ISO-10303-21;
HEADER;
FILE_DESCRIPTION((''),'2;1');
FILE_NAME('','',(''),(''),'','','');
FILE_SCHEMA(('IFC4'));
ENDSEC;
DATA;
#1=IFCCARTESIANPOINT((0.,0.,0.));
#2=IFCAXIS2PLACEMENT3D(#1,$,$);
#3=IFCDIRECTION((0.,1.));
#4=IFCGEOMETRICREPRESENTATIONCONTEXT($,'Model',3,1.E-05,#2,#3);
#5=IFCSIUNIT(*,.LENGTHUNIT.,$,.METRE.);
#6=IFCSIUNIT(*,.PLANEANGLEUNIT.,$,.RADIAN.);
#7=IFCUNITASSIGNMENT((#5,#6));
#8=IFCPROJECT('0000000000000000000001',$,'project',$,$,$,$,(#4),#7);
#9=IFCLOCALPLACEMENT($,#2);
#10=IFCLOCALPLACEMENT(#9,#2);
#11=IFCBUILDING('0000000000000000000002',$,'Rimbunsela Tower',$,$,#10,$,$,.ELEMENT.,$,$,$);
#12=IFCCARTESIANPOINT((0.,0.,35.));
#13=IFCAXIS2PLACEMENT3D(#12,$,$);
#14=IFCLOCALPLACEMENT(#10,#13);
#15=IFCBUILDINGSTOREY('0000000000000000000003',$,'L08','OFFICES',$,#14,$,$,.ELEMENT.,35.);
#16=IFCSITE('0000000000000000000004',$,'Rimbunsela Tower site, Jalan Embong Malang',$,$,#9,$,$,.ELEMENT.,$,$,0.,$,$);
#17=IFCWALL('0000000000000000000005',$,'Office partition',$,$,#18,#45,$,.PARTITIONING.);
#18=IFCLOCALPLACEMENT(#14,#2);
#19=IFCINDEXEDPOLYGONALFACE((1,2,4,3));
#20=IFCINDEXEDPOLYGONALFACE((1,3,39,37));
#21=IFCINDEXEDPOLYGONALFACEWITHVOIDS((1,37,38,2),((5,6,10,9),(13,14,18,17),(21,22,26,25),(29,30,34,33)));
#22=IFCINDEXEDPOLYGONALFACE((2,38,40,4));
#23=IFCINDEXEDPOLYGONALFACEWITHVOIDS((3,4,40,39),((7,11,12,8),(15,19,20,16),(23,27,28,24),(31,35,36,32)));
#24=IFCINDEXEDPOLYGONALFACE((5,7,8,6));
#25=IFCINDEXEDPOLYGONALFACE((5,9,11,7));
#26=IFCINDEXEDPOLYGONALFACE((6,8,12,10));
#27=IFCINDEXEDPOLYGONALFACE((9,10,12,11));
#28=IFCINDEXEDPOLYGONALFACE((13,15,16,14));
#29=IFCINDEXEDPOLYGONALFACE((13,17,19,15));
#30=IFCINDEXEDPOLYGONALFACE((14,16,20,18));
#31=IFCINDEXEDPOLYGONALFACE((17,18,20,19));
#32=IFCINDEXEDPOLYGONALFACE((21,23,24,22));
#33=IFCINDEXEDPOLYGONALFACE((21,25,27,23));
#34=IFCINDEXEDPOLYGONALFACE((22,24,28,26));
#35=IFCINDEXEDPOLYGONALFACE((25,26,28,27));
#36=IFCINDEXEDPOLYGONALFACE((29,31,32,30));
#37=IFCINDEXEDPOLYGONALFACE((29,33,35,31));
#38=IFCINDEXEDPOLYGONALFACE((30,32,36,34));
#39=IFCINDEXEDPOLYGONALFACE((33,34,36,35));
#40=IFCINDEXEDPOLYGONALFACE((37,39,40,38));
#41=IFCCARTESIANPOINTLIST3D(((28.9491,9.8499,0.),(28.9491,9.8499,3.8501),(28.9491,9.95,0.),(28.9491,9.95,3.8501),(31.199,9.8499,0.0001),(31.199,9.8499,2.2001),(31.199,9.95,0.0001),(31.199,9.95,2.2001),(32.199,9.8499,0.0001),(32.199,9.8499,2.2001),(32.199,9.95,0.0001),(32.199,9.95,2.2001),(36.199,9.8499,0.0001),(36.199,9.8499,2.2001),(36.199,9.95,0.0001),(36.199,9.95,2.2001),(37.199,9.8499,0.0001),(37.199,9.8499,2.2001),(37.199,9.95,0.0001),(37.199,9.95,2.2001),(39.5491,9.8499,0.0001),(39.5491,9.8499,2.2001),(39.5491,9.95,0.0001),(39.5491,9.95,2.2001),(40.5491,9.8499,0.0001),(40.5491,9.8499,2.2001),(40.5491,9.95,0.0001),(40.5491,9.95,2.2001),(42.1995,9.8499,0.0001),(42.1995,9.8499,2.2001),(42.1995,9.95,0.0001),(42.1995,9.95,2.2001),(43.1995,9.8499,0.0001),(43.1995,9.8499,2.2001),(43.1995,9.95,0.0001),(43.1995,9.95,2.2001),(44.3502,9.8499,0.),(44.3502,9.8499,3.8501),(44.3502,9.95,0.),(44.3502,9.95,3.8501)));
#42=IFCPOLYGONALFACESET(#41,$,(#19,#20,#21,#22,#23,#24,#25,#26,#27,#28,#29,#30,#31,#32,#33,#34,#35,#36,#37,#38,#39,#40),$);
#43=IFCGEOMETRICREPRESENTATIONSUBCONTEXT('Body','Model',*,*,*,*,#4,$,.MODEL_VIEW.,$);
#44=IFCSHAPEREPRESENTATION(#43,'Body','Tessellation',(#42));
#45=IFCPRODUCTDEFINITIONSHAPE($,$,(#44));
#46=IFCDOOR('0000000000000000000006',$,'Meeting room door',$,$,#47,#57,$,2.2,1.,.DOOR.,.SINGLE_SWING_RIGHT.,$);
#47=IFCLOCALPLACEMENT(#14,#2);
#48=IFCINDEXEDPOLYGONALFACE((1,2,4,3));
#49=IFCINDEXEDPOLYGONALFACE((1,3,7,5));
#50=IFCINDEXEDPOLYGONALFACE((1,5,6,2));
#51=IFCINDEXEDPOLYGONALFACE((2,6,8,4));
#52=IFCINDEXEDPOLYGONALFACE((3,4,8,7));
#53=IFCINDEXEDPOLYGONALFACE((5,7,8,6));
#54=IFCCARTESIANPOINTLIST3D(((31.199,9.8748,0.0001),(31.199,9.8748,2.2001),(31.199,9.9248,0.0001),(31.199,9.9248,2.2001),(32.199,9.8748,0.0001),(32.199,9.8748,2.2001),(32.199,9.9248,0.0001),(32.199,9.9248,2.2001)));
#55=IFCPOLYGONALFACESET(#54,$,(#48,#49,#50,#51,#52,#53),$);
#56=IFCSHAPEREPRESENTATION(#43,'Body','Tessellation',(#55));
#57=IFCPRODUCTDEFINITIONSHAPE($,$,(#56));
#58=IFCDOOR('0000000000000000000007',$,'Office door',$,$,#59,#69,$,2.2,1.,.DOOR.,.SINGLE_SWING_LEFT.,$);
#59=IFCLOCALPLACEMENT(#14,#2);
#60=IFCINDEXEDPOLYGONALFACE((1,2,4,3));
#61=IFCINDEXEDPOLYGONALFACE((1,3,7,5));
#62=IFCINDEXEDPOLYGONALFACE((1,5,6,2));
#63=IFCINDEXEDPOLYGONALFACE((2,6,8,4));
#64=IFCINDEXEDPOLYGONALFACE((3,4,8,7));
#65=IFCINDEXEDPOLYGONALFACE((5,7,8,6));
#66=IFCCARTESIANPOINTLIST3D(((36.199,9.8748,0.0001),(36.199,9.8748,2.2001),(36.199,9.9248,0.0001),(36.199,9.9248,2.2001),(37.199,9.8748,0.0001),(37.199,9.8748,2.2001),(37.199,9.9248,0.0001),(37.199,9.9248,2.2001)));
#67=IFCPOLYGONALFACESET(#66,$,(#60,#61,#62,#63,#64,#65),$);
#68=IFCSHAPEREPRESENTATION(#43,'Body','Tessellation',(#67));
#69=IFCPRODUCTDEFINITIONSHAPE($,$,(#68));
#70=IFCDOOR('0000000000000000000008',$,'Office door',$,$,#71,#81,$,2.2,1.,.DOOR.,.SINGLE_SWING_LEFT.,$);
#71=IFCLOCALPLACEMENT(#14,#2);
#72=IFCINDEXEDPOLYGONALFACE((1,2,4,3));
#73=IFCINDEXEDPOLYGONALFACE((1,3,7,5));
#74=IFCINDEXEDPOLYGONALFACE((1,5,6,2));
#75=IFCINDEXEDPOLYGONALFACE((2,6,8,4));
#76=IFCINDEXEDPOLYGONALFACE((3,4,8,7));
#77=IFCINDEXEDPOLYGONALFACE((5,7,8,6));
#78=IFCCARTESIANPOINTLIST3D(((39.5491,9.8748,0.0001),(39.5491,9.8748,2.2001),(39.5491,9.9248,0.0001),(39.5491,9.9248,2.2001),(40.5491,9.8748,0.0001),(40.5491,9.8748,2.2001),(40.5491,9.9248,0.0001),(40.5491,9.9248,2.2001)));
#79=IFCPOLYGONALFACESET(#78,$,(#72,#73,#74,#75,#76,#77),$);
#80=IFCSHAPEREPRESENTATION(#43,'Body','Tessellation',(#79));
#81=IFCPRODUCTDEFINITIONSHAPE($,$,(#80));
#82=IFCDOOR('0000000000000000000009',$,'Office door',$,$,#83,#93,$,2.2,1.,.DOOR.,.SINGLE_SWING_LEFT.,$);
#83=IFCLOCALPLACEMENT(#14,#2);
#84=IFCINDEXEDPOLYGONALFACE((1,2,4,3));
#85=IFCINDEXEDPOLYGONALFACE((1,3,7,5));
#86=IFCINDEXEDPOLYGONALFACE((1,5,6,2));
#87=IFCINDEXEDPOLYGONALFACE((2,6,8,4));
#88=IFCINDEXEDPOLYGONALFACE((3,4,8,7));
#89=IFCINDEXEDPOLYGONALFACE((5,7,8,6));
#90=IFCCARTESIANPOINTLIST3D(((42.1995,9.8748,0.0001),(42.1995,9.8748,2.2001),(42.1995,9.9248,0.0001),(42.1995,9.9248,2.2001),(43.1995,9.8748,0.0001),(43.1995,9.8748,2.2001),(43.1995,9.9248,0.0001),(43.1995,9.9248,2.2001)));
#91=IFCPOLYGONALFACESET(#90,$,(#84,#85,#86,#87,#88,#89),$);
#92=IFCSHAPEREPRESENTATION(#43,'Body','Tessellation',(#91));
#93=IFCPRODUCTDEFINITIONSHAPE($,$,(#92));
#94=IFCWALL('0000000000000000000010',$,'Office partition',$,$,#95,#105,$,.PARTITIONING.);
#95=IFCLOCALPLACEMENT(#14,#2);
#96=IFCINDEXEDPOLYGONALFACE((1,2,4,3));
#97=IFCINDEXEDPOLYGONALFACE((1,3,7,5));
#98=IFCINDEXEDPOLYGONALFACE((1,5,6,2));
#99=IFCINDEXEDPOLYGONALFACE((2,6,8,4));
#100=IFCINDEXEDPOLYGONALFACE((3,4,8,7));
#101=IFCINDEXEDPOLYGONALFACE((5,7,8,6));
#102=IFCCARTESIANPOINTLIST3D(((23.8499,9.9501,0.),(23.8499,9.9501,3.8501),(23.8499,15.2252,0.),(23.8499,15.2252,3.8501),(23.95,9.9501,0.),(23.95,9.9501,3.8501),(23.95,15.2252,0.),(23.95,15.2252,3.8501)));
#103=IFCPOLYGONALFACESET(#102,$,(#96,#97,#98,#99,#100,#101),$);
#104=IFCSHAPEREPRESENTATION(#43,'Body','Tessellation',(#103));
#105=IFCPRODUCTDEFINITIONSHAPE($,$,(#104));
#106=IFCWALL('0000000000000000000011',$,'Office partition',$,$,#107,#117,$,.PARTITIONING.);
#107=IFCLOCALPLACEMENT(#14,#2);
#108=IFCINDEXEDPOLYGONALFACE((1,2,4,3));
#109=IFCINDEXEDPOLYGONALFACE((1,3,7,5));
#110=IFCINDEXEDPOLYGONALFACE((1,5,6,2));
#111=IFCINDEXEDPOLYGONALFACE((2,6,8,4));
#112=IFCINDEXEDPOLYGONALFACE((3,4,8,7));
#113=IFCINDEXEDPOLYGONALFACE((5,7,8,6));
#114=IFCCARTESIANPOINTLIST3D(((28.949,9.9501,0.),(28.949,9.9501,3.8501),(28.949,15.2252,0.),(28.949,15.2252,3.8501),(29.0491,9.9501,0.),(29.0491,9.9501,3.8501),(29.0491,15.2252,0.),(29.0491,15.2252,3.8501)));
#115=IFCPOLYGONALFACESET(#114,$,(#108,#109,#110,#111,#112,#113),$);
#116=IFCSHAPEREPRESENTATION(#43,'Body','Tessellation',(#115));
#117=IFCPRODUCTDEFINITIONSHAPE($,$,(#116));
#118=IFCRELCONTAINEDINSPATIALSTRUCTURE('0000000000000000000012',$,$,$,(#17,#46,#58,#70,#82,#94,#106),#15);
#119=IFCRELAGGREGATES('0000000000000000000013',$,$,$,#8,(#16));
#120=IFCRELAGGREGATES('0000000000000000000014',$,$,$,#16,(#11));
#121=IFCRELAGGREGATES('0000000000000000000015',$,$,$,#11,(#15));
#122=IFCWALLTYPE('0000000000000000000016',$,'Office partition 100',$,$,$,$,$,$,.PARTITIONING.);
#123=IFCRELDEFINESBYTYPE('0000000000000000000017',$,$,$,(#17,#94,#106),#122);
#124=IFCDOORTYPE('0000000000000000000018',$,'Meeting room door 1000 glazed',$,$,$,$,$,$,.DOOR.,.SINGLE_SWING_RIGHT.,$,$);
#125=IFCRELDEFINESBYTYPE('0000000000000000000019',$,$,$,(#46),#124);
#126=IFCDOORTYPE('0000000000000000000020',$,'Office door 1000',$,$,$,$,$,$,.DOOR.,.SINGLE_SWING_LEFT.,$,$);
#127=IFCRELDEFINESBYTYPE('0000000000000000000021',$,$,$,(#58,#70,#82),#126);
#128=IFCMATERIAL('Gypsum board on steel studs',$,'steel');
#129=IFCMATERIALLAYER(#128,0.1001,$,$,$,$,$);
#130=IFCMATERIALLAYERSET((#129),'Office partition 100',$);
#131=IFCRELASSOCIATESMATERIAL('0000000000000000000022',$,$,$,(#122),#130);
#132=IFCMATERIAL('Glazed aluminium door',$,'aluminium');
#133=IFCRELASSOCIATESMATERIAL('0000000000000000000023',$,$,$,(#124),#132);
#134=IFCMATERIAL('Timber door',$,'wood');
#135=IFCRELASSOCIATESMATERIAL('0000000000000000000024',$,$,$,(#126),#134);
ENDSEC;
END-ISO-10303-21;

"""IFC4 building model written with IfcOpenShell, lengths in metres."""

from ifc_helpers import new_model, si_unit, direction, frame, frame_2d, origin, place, context, subcontext, project, spatial, rectangle, extrude, material, layer, layer_set, type_object, element, fill, save


model = new_model("IFC4")

# Units and contexts
model_context = context("Model", 3, precision=1e-05, world=origin(), true_north=direction((0.0, 1.0)))
body_context = subcontext(model_context, "Body", "Model", "MODEL_VIEW")
ifc_project = project(units=[si_unit("LENGTHUNIT", "METRE"), si_unit("PLANEANGLEUNIT", "RADIAN")], contexts=[model_context])

# Site, building, storey
site_placement = place(None, origin())
site = spatial("IfcSite", under=ifc_project, at=site_placement, Name="Rimbunsela Tower site, Jalan Embong Malang", CompositionType="ELEMENT", RefElevation=0.0)
building_placement = place(site_placement, origin())
building = spatial("IfcBuilding", under=site, at=building_placement, Name="Rimbunsela Tower", CompositionType="ELEMENT")
storey_placement = place(building_placement, frame((0.0, 0.0, 35.0)))
storey = spatial("IfcBuildingStorey", under=building, at=storey_placement, Name="L08", Description="OFFICES", CompositionType="ELEMENT", Elevation=35.0)

# Wall, openings, doors
ifc_material_1 = material(Name="Gypsum board on steel studs", Category="steel")
ifc_layer_1 = layer(ifc_material_1, 0.1001)
ifc_layer_set_1 = layer_set([ifc_layer_1], Name="Office partition 100")
wall_type_1 = type_object("IfcWallType", Name="Office partition 100", PredefinedType="PARTITIONING", material=ifc_layer_set_1)
wall_1_placement = place(storey_placement, frame((28.949, 9.8999, 0.0), z_axis=(0.0, 0.0, 1.0), x_axis=(1.0, 0.0, 0.0)))
wall_1 = element("IfcWall", 1, at=wall_1_placement, inside=storey, type_object=wall_type_1, Name="Office partition", PredefinedType="PARTITIONING", context=body_context, shape_type="SweptSolid", body=[
    extrude(rectangle(XDim=15.4011, YDim=0.1001, at=frame_2d((7.7007, 0.0))), origin(), (0.0, 0.0, 1.0), 3.8501),
])
opening_1_placement = place(wall_1_placement, frame((2.25, 0.0, 0.0)))
opening_1 = element("IfcOpeningElement", 2, at=opening_1_placement, cuts=wall_1, PredefinedType="OPENING", context=body_context, shape_type="SweptSolid", body=[
    extrude(rectangle(XDim=1.0, YDim=2.2, at=frame_2d((0.5, 1.1001))), frame((0.0, 0.0601, 0.0), z_axis=(0.0, -1.0, 0.0), x_axis=(1.0, 0.0, 0.0)), (0.0, 0.0, 1.0), 0.1201),
])
opening_2_placement = place(wall_1_placement, frame((7.25, 0.0, 0.0)))
opening_2 = element("IfcOpeningElement", 3, at=opening_2_placement, cuts=wall_1, PredefinedType="OPENING", context=body_context, shape_type="SweptSolid", body=[
    extrude(rectangle(XDim=1.0, YDim=2.2, at=frame_2d((0.5, 1.1001))), frame((0.0, 0.0601, 0.0), z_axis=(0.0, -1.0, 0.0), x_axis=(1.0, 0.0, 0.0)), (0.0, 0.0, 1.0), 0.1201),
])
opening_3_placement = place(wall_1_placement, frame((10.6001, 0.0, 0.0)))
opening_3 = element("IfcOpeningElement", 4, at=opening_3_placement, cuts=wall_1, PredefinedType="OPENING", context=body_context, shape_type="SweptSolid", body=[
    extrude(rectangle(XDim=1.0, YDim=2.2, at=frame_2d((0.5, 1.1001))), frame((0.0, 0.0601, 0.0), z_axis=(0.0, -1.0, 0.0), x_axis=(1.0, 0.0, 0.0)), (0.0, 0.0, 1.0), 0.1201),
])
opening_4_placement = place(wall_1_placement, frame((13.2505, 0.0, 0.0)))
opening_4 = element("IfcOpeningElement", 5, at=opening_4_placement, cuts=wall_1, PredefinedType="OPENING", context=body_context, shape_type="SweptSolid", body=[
    extrude(rectangle(XDim=1.0, YDim=2.2, at=frame_2d((0.5, 1.1001))), frame((0.0, 0.0601, 0.0), z_axis=(0.0, -1.0, 0.0), x_axis=(1.0, 0.0, 0.0)), (0.0, 0.0, 1.0), 0.1201),
])
ifc_material_2 = material(Name="Glazed aluminium door", Category="aluminium")
door_type_1 = type_object("IfcDoorType", Name="Meeting room door 1000 glazed", OperationType="SINGLE_SWING_RIGHT", PredefinedType="DOOR", material=ifc_material_2)
door_1_placement = place(opening_1_placement, origin())
door_1 = element("IfcDoor", 6, at=door_1_placement, inside=storey, type_object=door_type_1, Name="Meeting room door", OperationType="SINGLE_SWING_RIGHT", OverallHeight=2.2, OverallWidth=1.0, PredefinedType="DOOR", context=body_context, shape_type="SweptSolid", body=[
    extrude(rectangle(XDim=1.0, YDim=2.2, at=frame_2d((0.5, 1.1001))), frame((0.0, 0.0249, 0.0), z_axis=(0.0, -1.0, 0.0), x_axis=(1.0, 0.0, 0.0)), (0.0, 0.0, 1.0), 0.05),
])
fill(opening_1, door_1)
ifc_material_3 = material(Name="Timber door", Category="wood")
door_type_2 = type_object("IfcDoorType", Name="Office door 1000", OperationType="SINGLE_SWING_LEFT", PredefinedType="DOOR", material=ifc_material_3)
door_2_placement = place(opening_2_placement, origin())
door_2 = element("IfcDoor", 7, at=door_2_placement, inside=storey, type_object=door_type_2, Name="Office door", OperationType="SINGLE_SWING_LEFT", OverallHeight=2.2, OverallWidth=1.0, PredefinedType="DOOR", context=body_context, shape_type="SweptSolid", body=[
    extrude(rectangle(XDim=1.0, YDim=2.2, at=frame_2d((0.5, 1.1001))), frame((0.0, 0.0249, 0.0), z_axis=(0.0, -1.0, 0.0), x_axis=(1.0, 0.0, 0.0)), (0.0, 0.0, 1.0), 0.05),
])
fill(opening_2, door_2)
door_3_placement = place(opening_3_placement, origin())
door_3 = element("IfcDoor", 8, at=door_3_placement, inside=storey, type_object=door_type_2, Name="Office door", OperationType="SINGLE_SWING_LEFT", OverallHeight=2.2, OverallWidth=1.0, PredefinedType="DOOR", context=body_context, shape_type="SweptSolid", body=[
    extrude(rectangle(XDim=1.0, YDim=2.2, at=frame_2d((0.5, 1.1001))), frame((0.0, 0.0249, 0.0), z_axis=(0.0, -1.0, 0.0), x_axis=(1.0, 0.0, 0.0)), (0.0, 0.0, 1.0), 0.05),
])
fill(opening_3, door_3)
door_4_placement = place(opening_4_placement, origin())
door_4 = element("IfcDoor", 9, at=door_4_placement, inside=storey, type_object=door_type_2, Name="Office door", OperationType="SINGLE_SWING_LEFT", OverallHeight=2.2, OverallWidth=1.0, PredefinedType="DOOR", context=body_context, shape_type="SweptSolid", body=[
    extrude(rectangle(XDim=1.0, YDim=2.2, at=frame_2d((0.5, 1.1001))), frame((0.0, 0.0249, 0.0), z_axis=(0.0, -1.0, 0.0), x_axis=(1.0, 0.0, 0.0)), (0.0, 0.0, 1.0), 0.05),
])
fill(opening_4, door_4)

# Walls
for number, where, z_axis, x_axis, name in (
    (10, (23.8999, 9.95, 0.0), (0.0, 0.0, 1.0), (0.0, 1.0, 0.0), "Office partition"),
    (11, (28.999, 9.95, 0.0), (0.0, 0.0, 1.0), (0.0, 1.0, 0.0), "Office partition"),
):
    element("IfcWall", number, at=place(storey_placement, frame(where, z_axis=z_axis, x_axis=x_axis)), inside=storey, type_object=wall_type_1, Name=name, PredefinedType="PARTITIONING", context=body_context, shape_type="SweptSolid", body=[
        extrude(rectangle(XDim=5.2751, YDim=0.1001, at=frame_2d((2.6377, 0.0))), origin(), (0.0, 0.0, 1.0), 3.8501),
    ])

save(model, "model.ifc")
